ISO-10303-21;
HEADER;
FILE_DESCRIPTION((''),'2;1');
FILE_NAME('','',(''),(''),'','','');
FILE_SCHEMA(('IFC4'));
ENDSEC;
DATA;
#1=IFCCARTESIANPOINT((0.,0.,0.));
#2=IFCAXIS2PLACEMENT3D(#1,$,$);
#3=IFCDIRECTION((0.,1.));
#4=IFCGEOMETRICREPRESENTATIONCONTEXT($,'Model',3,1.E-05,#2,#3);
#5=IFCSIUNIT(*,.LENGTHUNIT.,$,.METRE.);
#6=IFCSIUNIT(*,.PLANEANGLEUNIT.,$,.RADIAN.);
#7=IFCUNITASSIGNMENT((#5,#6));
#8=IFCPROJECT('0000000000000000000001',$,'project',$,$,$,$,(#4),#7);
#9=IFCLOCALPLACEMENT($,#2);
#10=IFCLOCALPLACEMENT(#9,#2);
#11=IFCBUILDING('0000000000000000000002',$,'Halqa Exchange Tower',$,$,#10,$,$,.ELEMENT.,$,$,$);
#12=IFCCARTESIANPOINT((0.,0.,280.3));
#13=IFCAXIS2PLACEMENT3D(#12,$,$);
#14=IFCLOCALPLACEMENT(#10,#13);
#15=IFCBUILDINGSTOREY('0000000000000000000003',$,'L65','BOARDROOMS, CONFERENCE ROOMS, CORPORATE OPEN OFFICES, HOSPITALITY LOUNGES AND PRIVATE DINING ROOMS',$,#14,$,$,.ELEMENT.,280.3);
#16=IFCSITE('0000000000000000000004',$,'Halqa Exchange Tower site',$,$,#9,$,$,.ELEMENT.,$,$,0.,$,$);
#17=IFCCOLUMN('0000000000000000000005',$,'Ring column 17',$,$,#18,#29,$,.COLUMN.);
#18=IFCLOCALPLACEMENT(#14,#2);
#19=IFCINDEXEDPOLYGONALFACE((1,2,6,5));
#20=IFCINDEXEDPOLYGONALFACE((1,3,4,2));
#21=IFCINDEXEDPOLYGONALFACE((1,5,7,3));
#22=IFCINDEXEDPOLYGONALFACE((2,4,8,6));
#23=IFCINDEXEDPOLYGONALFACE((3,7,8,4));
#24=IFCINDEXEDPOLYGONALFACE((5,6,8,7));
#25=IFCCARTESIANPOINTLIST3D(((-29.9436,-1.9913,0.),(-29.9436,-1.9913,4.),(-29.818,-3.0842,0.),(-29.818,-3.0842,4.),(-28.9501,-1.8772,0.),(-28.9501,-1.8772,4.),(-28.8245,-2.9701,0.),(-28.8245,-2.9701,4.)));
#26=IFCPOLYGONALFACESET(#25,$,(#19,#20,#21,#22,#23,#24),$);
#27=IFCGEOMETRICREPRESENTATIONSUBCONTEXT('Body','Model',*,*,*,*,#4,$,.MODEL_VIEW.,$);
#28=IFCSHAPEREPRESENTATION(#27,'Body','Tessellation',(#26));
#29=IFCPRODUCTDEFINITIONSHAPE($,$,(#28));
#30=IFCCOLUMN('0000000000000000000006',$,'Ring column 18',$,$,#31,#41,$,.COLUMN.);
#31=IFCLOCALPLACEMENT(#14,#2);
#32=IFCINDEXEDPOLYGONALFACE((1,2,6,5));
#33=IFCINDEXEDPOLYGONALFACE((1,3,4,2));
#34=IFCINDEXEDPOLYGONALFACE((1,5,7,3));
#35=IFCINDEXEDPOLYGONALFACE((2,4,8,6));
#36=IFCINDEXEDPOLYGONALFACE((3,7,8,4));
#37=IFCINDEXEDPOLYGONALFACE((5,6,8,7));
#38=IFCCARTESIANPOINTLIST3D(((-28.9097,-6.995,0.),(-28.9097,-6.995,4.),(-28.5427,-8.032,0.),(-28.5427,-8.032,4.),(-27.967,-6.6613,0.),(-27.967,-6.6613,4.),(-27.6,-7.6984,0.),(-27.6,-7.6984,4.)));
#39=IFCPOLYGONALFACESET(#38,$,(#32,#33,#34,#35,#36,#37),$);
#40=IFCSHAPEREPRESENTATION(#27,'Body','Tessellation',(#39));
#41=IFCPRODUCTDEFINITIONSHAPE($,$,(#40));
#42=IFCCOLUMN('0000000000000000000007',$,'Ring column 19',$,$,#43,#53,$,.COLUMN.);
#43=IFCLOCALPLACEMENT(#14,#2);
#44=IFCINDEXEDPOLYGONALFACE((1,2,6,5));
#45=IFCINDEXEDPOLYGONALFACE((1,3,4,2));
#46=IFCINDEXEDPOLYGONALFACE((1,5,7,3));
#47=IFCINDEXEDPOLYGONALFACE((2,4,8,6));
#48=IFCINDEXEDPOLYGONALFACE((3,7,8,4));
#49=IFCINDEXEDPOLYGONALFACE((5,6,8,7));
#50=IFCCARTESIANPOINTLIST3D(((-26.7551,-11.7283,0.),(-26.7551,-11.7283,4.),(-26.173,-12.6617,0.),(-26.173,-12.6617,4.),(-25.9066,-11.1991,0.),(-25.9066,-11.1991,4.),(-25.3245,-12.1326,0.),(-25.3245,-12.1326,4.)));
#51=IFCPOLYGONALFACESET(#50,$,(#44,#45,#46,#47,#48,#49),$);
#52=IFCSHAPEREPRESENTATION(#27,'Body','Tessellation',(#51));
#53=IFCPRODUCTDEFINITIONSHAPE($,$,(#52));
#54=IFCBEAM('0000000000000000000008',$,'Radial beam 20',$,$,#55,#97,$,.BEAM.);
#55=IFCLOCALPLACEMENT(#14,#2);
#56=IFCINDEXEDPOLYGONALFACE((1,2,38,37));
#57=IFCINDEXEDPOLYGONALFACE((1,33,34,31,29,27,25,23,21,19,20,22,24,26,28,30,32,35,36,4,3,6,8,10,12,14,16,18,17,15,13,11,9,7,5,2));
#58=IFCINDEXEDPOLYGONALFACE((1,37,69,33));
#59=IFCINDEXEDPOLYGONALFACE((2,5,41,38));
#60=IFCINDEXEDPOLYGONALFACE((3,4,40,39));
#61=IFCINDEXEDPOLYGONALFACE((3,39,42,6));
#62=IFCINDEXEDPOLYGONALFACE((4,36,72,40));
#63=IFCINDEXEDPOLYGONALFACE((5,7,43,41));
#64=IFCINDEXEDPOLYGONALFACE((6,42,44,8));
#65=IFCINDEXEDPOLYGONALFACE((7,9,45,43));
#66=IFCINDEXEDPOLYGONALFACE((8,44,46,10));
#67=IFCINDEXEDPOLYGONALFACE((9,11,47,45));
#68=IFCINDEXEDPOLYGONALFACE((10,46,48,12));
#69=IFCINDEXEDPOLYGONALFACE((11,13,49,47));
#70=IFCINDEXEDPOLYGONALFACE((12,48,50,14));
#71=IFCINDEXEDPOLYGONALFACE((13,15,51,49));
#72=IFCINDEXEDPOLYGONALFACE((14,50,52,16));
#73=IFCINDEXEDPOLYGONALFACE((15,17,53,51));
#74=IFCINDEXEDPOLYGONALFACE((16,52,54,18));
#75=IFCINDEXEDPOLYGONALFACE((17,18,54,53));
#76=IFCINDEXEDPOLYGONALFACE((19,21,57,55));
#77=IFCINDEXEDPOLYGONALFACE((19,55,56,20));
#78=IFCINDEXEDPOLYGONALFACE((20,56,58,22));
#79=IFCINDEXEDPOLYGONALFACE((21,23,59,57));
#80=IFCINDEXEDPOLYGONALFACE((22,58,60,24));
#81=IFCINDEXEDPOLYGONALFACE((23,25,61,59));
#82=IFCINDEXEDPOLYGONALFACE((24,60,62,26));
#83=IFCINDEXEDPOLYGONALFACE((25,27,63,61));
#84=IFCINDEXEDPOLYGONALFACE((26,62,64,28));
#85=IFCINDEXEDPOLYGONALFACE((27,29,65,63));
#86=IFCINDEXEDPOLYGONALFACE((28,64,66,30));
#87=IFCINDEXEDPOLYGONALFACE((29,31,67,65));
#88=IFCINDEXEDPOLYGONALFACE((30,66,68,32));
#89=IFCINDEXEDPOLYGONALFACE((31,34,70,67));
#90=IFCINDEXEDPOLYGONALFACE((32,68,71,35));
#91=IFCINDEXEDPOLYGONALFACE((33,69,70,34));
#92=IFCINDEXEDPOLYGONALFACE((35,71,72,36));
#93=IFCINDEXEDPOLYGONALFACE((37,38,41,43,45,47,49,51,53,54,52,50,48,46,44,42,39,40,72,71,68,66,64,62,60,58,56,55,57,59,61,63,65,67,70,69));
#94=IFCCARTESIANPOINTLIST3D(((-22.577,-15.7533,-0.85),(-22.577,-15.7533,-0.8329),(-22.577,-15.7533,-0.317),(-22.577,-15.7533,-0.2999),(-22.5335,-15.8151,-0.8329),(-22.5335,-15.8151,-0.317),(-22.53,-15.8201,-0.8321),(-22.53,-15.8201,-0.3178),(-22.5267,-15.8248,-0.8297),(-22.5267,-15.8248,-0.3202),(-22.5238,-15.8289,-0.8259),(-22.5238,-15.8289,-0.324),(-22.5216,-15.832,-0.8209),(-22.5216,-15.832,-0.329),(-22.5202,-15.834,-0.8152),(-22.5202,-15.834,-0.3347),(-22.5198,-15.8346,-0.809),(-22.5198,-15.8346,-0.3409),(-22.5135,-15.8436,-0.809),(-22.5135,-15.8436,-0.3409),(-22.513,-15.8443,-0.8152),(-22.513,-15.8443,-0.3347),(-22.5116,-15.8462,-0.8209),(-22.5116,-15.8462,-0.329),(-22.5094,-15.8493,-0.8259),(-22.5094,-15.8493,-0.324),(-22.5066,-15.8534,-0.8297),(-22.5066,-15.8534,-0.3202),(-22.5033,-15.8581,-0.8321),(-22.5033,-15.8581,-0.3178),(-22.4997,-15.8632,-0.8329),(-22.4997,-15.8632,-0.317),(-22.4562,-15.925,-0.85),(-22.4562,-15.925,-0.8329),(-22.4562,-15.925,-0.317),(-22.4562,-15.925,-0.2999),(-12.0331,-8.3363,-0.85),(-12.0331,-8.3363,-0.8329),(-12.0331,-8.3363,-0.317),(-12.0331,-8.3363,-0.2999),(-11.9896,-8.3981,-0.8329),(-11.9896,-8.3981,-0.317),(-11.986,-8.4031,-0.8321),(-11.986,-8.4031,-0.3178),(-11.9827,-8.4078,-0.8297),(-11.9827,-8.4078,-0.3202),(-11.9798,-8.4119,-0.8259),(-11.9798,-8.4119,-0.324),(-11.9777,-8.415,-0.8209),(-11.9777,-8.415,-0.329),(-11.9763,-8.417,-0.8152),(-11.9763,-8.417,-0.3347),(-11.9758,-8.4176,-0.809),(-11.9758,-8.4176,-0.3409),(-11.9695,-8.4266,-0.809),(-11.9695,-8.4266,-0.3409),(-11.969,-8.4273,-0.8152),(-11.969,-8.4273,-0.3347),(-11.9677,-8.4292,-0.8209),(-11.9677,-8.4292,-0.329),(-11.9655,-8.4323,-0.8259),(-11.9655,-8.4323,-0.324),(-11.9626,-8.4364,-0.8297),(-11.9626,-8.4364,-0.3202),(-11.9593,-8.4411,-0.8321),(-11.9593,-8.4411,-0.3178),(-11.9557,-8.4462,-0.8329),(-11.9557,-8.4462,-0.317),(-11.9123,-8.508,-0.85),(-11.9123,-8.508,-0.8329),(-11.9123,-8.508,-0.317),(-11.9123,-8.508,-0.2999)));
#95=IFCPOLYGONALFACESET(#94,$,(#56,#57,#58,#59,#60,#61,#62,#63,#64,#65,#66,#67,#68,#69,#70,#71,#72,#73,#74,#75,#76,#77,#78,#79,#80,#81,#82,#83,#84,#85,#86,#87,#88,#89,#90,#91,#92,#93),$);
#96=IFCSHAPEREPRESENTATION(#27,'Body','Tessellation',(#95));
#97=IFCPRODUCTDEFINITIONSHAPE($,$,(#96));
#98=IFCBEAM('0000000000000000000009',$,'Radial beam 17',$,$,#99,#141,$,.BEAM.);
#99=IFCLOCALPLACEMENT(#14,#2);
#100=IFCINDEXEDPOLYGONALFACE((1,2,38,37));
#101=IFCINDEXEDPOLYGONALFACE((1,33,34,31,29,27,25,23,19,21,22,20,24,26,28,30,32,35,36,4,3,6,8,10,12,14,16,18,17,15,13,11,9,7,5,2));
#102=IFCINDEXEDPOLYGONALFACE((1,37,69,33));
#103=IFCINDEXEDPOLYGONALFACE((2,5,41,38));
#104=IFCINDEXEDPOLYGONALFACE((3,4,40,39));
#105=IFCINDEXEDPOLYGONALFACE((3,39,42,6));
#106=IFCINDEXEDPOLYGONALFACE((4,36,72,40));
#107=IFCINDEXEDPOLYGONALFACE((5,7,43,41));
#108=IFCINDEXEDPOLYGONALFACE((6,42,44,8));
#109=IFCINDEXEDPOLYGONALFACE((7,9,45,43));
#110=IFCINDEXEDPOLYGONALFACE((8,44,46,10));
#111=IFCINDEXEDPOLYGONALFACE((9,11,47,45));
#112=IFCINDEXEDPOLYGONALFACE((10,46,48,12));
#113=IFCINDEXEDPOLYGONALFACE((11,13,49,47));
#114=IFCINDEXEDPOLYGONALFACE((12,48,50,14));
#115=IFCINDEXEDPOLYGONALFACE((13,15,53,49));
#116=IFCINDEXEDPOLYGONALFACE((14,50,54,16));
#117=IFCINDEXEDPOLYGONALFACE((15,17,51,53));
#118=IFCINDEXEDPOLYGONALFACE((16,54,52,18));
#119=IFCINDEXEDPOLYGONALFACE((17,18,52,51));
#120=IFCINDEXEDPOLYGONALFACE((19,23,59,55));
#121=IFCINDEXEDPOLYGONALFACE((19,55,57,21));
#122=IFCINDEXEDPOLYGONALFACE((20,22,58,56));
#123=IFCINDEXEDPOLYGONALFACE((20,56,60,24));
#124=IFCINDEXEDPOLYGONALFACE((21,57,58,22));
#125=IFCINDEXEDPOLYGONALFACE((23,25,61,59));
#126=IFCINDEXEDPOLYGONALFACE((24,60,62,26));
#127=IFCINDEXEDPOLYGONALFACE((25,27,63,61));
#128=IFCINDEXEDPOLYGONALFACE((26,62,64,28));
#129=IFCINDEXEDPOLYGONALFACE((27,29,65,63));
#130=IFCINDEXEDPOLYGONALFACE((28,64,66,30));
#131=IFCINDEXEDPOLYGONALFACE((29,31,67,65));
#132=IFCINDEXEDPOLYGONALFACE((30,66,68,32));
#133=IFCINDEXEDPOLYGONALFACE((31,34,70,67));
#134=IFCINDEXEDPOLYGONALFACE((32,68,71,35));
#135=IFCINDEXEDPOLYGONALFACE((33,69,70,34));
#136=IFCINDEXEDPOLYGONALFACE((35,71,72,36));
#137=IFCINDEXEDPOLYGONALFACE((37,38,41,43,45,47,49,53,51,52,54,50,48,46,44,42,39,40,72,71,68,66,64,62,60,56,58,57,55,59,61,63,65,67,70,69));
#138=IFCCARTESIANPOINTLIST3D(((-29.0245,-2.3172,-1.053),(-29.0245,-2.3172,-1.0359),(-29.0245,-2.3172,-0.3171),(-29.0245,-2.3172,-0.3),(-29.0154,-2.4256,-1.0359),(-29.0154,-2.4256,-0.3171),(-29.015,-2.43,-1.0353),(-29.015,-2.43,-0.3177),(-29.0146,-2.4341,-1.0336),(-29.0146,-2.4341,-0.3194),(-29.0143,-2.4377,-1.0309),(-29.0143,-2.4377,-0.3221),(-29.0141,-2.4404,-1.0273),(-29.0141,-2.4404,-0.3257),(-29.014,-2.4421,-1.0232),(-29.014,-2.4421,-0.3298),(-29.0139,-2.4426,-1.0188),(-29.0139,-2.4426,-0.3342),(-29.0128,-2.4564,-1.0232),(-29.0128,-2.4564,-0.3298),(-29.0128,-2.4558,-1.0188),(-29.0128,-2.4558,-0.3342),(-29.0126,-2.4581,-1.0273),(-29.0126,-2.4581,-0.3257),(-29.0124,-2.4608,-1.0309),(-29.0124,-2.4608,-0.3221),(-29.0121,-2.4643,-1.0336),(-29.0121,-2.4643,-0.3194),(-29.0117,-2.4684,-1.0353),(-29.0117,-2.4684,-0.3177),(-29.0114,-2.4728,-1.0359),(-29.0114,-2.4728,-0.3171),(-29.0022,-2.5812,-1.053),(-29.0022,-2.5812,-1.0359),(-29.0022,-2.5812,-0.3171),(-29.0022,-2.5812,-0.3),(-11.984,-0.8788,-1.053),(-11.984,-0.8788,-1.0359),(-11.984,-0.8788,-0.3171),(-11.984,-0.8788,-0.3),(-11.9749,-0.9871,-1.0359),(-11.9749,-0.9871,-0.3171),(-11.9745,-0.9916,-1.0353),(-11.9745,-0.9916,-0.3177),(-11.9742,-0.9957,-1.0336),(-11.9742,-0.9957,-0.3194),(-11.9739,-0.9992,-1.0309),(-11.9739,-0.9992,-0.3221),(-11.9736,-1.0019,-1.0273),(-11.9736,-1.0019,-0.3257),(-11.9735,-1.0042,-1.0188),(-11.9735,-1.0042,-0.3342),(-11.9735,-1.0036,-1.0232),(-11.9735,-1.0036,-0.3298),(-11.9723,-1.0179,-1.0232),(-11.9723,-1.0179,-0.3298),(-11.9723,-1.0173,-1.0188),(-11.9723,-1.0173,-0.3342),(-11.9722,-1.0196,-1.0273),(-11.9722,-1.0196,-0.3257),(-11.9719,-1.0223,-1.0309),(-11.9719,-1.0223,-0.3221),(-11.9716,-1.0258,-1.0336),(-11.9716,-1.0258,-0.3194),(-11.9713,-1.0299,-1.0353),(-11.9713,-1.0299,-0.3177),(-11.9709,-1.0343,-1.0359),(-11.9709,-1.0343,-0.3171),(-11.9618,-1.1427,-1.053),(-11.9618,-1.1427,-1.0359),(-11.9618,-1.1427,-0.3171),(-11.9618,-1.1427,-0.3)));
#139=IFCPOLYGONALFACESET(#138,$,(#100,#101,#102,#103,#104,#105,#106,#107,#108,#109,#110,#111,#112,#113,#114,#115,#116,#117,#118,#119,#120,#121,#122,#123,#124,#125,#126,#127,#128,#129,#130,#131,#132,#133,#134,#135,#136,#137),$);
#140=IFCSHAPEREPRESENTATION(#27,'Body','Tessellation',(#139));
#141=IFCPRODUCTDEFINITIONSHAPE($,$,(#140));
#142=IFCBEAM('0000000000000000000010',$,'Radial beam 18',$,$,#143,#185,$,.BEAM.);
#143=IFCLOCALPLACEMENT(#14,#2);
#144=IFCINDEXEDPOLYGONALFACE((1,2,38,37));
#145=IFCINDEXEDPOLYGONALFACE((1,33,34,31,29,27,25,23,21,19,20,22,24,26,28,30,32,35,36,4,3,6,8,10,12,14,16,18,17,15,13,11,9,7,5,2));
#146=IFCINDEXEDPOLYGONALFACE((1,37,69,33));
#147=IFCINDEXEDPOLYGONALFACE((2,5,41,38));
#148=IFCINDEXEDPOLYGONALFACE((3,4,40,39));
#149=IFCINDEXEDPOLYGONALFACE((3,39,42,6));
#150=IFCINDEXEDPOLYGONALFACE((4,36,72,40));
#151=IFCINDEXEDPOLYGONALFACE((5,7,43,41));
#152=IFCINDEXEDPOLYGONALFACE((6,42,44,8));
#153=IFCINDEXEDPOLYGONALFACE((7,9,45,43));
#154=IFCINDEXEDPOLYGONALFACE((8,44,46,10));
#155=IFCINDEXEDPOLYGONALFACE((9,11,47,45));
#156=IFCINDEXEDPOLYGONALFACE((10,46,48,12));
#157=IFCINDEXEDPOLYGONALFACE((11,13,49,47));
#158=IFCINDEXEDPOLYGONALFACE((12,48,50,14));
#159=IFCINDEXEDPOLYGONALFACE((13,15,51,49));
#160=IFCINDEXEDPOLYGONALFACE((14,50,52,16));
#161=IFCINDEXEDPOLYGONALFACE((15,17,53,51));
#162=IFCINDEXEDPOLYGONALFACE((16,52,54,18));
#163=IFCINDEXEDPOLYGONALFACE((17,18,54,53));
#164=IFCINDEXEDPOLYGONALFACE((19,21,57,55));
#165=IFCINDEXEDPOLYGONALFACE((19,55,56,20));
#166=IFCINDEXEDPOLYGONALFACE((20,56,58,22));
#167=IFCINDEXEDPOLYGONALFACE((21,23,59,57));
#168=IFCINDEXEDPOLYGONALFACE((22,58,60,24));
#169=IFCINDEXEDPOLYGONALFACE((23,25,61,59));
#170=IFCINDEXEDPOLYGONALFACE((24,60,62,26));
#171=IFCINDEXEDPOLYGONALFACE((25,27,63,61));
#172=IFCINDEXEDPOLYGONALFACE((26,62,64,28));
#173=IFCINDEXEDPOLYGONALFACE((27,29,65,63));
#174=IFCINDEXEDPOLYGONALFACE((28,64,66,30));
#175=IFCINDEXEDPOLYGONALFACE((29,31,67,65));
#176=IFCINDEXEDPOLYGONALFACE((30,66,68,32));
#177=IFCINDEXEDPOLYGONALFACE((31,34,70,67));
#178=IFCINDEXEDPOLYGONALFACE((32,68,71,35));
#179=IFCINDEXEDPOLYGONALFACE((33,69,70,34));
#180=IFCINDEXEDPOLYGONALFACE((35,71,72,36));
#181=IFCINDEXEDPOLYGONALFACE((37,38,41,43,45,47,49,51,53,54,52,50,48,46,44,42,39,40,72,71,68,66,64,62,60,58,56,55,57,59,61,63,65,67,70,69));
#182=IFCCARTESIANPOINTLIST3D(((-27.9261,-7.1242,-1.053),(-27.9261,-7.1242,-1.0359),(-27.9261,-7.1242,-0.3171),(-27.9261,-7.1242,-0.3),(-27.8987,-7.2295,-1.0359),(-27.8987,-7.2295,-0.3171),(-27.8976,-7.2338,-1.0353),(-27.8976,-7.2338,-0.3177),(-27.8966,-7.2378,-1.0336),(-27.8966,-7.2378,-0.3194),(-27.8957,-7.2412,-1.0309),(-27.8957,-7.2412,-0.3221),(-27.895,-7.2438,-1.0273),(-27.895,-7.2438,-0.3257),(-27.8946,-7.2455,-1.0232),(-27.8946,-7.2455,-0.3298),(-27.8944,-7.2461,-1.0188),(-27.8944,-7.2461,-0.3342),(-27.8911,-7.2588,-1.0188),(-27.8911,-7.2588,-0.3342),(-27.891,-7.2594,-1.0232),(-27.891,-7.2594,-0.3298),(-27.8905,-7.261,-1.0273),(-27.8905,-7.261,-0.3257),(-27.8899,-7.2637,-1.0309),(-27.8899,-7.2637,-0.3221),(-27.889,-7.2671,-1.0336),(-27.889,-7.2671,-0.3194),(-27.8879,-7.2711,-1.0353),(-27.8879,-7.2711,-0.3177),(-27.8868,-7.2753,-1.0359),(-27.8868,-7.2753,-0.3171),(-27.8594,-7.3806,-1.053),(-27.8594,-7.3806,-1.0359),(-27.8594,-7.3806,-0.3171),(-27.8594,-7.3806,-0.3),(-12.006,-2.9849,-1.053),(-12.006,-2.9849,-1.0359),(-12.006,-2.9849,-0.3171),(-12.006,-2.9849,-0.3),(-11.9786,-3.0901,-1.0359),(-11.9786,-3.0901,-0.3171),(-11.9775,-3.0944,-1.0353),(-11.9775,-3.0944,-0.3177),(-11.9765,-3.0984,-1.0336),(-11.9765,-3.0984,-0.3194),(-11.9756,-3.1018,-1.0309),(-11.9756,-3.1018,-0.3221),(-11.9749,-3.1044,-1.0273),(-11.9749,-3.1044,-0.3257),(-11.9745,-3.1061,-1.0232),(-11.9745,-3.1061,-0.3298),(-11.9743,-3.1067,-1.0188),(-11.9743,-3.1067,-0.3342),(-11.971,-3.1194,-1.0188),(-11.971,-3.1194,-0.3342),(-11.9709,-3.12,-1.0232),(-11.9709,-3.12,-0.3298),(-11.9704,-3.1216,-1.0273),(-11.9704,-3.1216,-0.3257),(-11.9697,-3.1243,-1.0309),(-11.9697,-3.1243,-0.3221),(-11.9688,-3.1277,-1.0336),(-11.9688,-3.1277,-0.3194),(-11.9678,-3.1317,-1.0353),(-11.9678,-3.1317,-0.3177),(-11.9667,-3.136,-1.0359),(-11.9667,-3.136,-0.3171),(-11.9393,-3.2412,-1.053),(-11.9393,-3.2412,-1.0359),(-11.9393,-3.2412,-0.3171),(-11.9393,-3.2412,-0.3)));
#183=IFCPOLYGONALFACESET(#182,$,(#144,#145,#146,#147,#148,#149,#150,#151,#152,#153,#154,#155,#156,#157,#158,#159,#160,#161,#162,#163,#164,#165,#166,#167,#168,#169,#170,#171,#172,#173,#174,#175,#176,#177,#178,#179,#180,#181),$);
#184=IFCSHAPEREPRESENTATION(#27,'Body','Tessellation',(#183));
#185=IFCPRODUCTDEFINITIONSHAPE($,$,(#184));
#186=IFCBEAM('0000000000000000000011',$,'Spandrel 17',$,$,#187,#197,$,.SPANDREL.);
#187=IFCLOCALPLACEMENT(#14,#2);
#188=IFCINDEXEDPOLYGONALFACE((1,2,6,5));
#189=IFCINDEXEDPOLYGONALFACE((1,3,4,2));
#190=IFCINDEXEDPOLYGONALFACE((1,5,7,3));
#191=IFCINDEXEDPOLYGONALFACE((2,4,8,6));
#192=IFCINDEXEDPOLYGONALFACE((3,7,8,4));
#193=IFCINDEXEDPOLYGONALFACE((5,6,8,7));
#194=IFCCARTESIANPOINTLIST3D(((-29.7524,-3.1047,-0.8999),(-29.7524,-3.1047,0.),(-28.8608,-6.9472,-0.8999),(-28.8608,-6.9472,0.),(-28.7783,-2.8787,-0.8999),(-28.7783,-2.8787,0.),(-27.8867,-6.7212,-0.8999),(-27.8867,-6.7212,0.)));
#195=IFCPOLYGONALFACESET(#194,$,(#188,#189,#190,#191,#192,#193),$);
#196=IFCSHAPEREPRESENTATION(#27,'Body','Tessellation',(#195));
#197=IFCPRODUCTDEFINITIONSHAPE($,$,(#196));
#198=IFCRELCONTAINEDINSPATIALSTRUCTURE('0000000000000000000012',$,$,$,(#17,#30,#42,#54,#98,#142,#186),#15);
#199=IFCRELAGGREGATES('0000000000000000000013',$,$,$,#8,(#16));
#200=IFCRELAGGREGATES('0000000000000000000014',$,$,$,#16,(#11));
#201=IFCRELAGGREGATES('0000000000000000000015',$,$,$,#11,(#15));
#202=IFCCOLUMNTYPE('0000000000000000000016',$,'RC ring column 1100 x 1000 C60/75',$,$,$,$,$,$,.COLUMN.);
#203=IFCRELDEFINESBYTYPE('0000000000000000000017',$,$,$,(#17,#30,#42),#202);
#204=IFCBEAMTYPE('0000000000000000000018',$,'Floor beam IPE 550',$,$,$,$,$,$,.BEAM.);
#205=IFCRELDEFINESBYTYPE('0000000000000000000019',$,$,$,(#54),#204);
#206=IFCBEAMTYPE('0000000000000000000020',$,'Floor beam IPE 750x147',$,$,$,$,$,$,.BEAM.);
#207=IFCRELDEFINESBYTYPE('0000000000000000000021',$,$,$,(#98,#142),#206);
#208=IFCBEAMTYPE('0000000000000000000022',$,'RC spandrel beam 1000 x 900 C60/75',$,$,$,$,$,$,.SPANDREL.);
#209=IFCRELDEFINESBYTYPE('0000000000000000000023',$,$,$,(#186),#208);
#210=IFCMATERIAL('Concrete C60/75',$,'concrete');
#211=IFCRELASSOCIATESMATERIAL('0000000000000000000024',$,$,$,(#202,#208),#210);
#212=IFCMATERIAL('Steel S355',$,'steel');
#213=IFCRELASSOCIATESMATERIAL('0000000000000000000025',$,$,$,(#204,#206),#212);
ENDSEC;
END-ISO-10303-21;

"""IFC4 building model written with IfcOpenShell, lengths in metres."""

from ifc_helpers import new_model, si_unit, direction, frame, origin, origin_2d, place, context, subcontext, project, spatial, rectangle, i_section, extrude, material, material_profile, profile_set, type_object, element, save


model = new_model("IFC4")

# Units and contexts
model_context = context("Model", 3, precision=1e-05, world=origin(), true_north=direction((0.0, 1.0)))
body_context = subcontext(model_context, "Body", "Model", "MODEL_VIEW")
ifc_project = project(units=[si_unit("LENGTHUNIT", "METRE"), si_unit("PLANEANGLEUNIT", "RADIAN")], contexts=[model_context])

# Site, building, storey
site_placement = place(None, origin())
site = spatial("IfcSite", under=ifc_project, at=site_placement, Name="Halqa Exchange Tower site", CompositionType="ELEMENT", RefElevation=0.0)
building_placement = place(site_placement, origin())
building = spatial("IfcBuilding", under=site, at=building_placement, Name="Halqa Exchange Tower", CompositionType="ELEMENT")
storey_placement = place(building_placement, frame((0.0, 0.0, 280.3)))
storey = spatial("IfcBuildingStorey", under=building, at=storey_placement, Name="L65", Description="BOARDROOMS, CONFERENCE ROOMS, CORPORATE OPEN OFFICES, HOSPITALITY LOUNGES AND PRIVATE DINING ROOMS", CompositionType="ELEMENT", Elevation=280.3)

# Columns
ifc_material_1 = material(Name="Concrete C60/75", Category="concrete")
ifc_material_profile_1 = material_profile(ifc_material_1, rectangle(XDim=1.1001, YDim=1.0, at=origin_2d()), Name="1100 x 1000")
ifc_profile_set_1 = profile_set([ifc_material_profile_1], Name="Concrete C60/75")
column_type = type_object("IfcColumnType", Name="RC ring column 1100 x 1000 C60/75", PredefinedType="COLUMN", material=ifc_profile_set_1)
for number, where, z_axis, x_axis, name in (
    (1, (-29.384, -2.4807, 0.0), (0.0, 0.0, 1.0), (0.114155, -0.993463, 0.0), "Ring column 17"),
    (2, (-28.2549, -7.3467, 0.0), (0.0, 0.0, 1.0), (0.333619, -0.942708, 0.0), "Ring column 18"),
    (3, (-26.0398, -11.9304, 0.0), (0.0, 0.0, 1.0), (0.529143, -0.848532, 0.0), "Ring column 19"),
):
    element("IfcColumn", number, at=place(storey_placement, frame(where, z_axis=z_axis, x_axis=x_axis)), inside=storey, type_object=column_type, Name=name, PredefinedType="COLUMN", context=body_context, shape_type="SweptSolid", body=[
        extrude(rectangle(XDim=1.1001, YDim=1.0, at=origin_2d()), origin(), (0.0, 0.0, 1.0), 4.0),
    ])

# Beams
ifc_material_2 = material(Name="Steel S355", Category="steel")
ifc_material_profile_2 = material_profile(ifc_material_2, i_section(OverallWidth=0.21, OverallDepth=0.55, WebThickness=0.011, FlangeThickness=0.0171, FilletRadius=0.0239, at=origin_2d()), Name="IPE 550")
ifc_profile_set_2 = profile_set([ifc_material_profile_2], Name="Steel S355")
beam_type_1 = type_object("IfcBeamType", Name="Floor beam IPE 550", PredefinedType="BEAM", material=ifc_profile_set_2)
beam_1_placement = place(storey_placement, frame((-11.9727, -8.4221, -0.575), z_axis=(-0.817909, -0.575347, 0.0), x_axis=(0.575347, -0.817909, 0.0)))
element("IfcBeam", 4, at=beam_1_placement, inside=storey, type_object=beam_type_1, Name="Radial beam 20", PredefinedType="BEAM", context=body_context, shape_type="SweptSolid", body=[
    extrude(i_section(OverallWidth=0.21, OverallDepth=0.55, WebThickness=0.011, FlangeThickness=0.0171, FilletRadius=0.0239, at=origin_2d()), origin(), (0.0, 0.0, 1.0), 12.8914),
])
ifc_material_profile_3 = material_profile(ifc_material_2, i_section(OverallWidth=0.2649, OverallDepth=0.7529, WebThickness=0.0132, FlangeThickness=0.0171, FilletRadius=0.0171, at=origin_2d()), Name="IPE 750x147")
ifc_profile_set_3 = profile_set([ifc_material_profile_3], Name="Steel S355")
beam_type_2 = type_object("IfcBeamType", Name="Floor beam IPE 750x147", PredefinedType="BEAM", material=ifc_profile_set_3)
beam_2_placement = place(storey_placement, frame((-11.9729, -1.0107, -0.6765), z_axis=(-0.996456, -0.084116, 0.0), x_axis=(0.084116, -0.996456, 0.0)))
element("IfcBeam", 5, at=beam_2_placement, inside=storey, type_object=beam_type_2, Name="Radial beam 17", PredefinedType="BEAM", context=body_context, shape_type="SweptSolid", body=[
    extrude(i_section(OverallWidth=0.2649, OverallDepth=0.7529, WebThickness=0.0132, FlangeThickness=0.0171, FilletRadius=0.0171, at=origin_2d()), origin(), (0.0, 0.0, 1.0), 17.1011),
])
beam_3_placement = place(storey_placement, frame((-11.9727, -3.113, -0.6765), z_axis=(-0.96782, -0.251643, 0.0), x_axis=(0.251643, -0.96782, 0.0)))
element("IfcBeam", 6, at=beam_3_placement, inside=storey, type_object=beam_type_2, Name="Radial beam 18", PredefinedType="BEAM", context=body_context, shape_type="SweptSolid", body=[
    extrude(i_section(OverallWidth=0.2649, OverallDepth=0.7529, WebThickness=0.0132, FlangeThickness=0.0171, FilletRadius=0.0171, at=origin_2d()), origin(), (0.0, 0.0, 1.0), 16.4495),
])
ifc_material_profile_4 = material_profile(ifc_material_1, rectangle(XDim=1.0, YDim=0.8999, at=origin_2d()), Name="1000 x 900")
ifc_profile_set_4 = profile_set([ifc_material_profile_4], Name="Concrete C60/75")
beam_type_3 = type_object("IfcBeamType", Name="RC spandrel beam 1000 x 900 C60/75", PredefinedType="SPANDREL", material=ifc_profile_set_4)
beam_4_placement = place(storey_placement, frame((-29.2654, -2.9917, -0.45), z_axis=(0.22603, -0.97412, 0.0), x_axis=(0.97412, 0.22603, 0.0)))
element("IfcBeam", 7, at=beam_4_placement, inside=storey, type_object=beam_type_3, Name="Spandrel 17", PredefinedType="SPANDREL", context=body_context, shape_type="SweptSolid", body=[
    extrude(rectangle(XDim=1.0, YDim=0.8999, at=origin_2d()), origin(), (0.0, 0.0, 1.0), 3.9446),
])

save(model, "model.ifc")
